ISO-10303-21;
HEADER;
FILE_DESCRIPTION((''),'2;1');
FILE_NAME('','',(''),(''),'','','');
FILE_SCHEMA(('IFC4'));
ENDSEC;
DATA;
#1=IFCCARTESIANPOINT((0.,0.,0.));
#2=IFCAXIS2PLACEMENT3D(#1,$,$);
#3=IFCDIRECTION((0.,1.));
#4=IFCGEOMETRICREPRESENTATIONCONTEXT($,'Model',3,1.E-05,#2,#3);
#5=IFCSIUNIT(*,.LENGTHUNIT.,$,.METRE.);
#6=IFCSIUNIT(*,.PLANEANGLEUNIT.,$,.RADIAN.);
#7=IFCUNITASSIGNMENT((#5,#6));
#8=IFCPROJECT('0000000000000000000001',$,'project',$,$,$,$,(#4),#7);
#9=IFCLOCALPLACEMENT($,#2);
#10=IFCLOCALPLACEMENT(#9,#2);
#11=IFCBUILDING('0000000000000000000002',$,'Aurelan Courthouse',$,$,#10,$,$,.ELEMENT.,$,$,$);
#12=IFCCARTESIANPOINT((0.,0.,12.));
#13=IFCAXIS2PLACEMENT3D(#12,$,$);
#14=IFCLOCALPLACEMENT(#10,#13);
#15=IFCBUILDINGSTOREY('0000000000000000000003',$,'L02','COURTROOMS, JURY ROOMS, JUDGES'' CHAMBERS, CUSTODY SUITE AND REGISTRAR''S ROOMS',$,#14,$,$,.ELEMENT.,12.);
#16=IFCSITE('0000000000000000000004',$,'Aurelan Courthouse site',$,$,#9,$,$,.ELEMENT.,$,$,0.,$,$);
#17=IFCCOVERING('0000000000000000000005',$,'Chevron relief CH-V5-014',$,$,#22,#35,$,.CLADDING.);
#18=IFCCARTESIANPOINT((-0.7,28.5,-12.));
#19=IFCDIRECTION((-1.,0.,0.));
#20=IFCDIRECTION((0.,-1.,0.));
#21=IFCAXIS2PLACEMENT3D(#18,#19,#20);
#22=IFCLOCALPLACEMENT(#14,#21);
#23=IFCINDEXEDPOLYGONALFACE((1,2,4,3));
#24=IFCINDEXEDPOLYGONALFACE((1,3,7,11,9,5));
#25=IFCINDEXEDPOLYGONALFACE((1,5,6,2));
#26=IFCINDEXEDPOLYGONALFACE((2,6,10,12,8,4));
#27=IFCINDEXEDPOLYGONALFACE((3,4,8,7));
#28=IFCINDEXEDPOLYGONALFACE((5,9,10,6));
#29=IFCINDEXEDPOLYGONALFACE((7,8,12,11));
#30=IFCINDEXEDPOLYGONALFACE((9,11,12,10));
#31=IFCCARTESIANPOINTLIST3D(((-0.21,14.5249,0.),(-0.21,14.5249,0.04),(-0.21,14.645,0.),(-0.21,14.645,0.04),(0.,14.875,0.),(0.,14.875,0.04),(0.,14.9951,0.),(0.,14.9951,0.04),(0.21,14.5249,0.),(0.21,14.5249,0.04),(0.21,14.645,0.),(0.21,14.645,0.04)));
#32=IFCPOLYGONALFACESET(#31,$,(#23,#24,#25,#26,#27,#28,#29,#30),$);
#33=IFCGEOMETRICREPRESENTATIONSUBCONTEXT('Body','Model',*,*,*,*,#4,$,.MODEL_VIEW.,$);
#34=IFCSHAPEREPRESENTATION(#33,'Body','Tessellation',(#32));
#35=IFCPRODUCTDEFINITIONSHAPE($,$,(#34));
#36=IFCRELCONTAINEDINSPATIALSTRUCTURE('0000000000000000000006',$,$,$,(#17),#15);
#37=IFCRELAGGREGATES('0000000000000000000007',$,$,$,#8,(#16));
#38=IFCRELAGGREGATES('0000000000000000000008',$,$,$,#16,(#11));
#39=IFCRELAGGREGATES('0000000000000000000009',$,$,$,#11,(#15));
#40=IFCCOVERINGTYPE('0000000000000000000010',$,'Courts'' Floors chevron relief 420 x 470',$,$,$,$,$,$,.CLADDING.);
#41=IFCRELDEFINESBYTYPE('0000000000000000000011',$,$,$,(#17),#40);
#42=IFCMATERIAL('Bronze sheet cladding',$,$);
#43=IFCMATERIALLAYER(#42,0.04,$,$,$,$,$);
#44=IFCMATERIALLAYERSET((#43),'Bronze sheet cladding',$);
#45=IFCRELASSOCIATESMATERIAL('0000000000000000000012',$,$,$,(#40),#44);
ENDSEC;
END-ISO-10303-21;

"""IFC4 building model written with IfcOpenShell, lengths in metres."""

from ifc_helpers import new_model, si_unit, direction, frame, origin, place, context, subcontext, project, spatial, polyline, outline, extrude, material, layer, layer_set, type_object, element, save


model = new_model("IFC4")

# Units and contexts
model_context = context("Model", 3, precision=1e-05, world=origin(), true_north=direction((0.0, 1.0)))
body_context = subcontext(model_context, "Body", "Model", "MODEL_VIEW")
ifc_project = project(units=[si_unit("LENGTHUNIT", "METRE"), si_unit("PLANEANGLEUNIT", "RADIAN")], contexts=[model_context])

# Site, building, storey
site_placement = place(None, origin())
site = spatial("IfcSite", under=ifc_project, at=site_placement, Name="Aurelan Courthouse site", CompositionType="ELEMENT", RefElevation=0.0)
building_placement = place(site_placement, origin())
building = spatial("IfcBuilding", under=site, at=building_placement, Name="Aurelan Courthouse", CompositionType="ELEMENT")
storey_placement = place(building_placement, frame((0.0, 0.0, 12.0)))
storey = spatial("IfcBuildingStorey", under=building, at=storey_placement, Name="L02", Description="COURTROOMS, JURY ROOMS, JUDGES' CHAMBERS, CUSTODY SUITE AND REGISTRAR'S ROOMS", CompositionType="ELEMENT", Elevation=12.0)

# Covering
ifc_material_1 = material(Name="Bronze sheet cladding")
ifc_layer_1 = layer(ifc_material_1, 0.04)
ifc_layer_set_1 = layer_set([ifc_layer_1], Name="Bronze sheet cladding")
covering_type_1 = type_object("IfcCoveringType", Name="Courts' Floors chevron relief 420 x 470", PredefinedType="CLADDING", material=ifc_layer_set_1)
covering_1_placement = place(storey_placement, frame((-0.7, 28.5, -12.0), z_axis=(-1.0, 0.0, 0.0), x_axis=(0.0, -1.0, 0.0)))
element("IfcCovering", 1, at=covering_1_placement, inside=storey, type_object=covering_type_1, Name="Chevron relief CH-V5-014", PredefinedType="CLADDING", context=body_context, shape_type="SweptSolid", body=[
    extrude(outline(polyline([(-0.21, 14.5249), (0.0, 14.875), (0.21, 14.5249), (0.21, 14.645), (0.0, 14.9951), (-0.21, 14.645), (-0.21, 14.5249)])), origin(), (0.0, 0.0, 1.0), 0.04),
])

save(model, "model.ifc")
